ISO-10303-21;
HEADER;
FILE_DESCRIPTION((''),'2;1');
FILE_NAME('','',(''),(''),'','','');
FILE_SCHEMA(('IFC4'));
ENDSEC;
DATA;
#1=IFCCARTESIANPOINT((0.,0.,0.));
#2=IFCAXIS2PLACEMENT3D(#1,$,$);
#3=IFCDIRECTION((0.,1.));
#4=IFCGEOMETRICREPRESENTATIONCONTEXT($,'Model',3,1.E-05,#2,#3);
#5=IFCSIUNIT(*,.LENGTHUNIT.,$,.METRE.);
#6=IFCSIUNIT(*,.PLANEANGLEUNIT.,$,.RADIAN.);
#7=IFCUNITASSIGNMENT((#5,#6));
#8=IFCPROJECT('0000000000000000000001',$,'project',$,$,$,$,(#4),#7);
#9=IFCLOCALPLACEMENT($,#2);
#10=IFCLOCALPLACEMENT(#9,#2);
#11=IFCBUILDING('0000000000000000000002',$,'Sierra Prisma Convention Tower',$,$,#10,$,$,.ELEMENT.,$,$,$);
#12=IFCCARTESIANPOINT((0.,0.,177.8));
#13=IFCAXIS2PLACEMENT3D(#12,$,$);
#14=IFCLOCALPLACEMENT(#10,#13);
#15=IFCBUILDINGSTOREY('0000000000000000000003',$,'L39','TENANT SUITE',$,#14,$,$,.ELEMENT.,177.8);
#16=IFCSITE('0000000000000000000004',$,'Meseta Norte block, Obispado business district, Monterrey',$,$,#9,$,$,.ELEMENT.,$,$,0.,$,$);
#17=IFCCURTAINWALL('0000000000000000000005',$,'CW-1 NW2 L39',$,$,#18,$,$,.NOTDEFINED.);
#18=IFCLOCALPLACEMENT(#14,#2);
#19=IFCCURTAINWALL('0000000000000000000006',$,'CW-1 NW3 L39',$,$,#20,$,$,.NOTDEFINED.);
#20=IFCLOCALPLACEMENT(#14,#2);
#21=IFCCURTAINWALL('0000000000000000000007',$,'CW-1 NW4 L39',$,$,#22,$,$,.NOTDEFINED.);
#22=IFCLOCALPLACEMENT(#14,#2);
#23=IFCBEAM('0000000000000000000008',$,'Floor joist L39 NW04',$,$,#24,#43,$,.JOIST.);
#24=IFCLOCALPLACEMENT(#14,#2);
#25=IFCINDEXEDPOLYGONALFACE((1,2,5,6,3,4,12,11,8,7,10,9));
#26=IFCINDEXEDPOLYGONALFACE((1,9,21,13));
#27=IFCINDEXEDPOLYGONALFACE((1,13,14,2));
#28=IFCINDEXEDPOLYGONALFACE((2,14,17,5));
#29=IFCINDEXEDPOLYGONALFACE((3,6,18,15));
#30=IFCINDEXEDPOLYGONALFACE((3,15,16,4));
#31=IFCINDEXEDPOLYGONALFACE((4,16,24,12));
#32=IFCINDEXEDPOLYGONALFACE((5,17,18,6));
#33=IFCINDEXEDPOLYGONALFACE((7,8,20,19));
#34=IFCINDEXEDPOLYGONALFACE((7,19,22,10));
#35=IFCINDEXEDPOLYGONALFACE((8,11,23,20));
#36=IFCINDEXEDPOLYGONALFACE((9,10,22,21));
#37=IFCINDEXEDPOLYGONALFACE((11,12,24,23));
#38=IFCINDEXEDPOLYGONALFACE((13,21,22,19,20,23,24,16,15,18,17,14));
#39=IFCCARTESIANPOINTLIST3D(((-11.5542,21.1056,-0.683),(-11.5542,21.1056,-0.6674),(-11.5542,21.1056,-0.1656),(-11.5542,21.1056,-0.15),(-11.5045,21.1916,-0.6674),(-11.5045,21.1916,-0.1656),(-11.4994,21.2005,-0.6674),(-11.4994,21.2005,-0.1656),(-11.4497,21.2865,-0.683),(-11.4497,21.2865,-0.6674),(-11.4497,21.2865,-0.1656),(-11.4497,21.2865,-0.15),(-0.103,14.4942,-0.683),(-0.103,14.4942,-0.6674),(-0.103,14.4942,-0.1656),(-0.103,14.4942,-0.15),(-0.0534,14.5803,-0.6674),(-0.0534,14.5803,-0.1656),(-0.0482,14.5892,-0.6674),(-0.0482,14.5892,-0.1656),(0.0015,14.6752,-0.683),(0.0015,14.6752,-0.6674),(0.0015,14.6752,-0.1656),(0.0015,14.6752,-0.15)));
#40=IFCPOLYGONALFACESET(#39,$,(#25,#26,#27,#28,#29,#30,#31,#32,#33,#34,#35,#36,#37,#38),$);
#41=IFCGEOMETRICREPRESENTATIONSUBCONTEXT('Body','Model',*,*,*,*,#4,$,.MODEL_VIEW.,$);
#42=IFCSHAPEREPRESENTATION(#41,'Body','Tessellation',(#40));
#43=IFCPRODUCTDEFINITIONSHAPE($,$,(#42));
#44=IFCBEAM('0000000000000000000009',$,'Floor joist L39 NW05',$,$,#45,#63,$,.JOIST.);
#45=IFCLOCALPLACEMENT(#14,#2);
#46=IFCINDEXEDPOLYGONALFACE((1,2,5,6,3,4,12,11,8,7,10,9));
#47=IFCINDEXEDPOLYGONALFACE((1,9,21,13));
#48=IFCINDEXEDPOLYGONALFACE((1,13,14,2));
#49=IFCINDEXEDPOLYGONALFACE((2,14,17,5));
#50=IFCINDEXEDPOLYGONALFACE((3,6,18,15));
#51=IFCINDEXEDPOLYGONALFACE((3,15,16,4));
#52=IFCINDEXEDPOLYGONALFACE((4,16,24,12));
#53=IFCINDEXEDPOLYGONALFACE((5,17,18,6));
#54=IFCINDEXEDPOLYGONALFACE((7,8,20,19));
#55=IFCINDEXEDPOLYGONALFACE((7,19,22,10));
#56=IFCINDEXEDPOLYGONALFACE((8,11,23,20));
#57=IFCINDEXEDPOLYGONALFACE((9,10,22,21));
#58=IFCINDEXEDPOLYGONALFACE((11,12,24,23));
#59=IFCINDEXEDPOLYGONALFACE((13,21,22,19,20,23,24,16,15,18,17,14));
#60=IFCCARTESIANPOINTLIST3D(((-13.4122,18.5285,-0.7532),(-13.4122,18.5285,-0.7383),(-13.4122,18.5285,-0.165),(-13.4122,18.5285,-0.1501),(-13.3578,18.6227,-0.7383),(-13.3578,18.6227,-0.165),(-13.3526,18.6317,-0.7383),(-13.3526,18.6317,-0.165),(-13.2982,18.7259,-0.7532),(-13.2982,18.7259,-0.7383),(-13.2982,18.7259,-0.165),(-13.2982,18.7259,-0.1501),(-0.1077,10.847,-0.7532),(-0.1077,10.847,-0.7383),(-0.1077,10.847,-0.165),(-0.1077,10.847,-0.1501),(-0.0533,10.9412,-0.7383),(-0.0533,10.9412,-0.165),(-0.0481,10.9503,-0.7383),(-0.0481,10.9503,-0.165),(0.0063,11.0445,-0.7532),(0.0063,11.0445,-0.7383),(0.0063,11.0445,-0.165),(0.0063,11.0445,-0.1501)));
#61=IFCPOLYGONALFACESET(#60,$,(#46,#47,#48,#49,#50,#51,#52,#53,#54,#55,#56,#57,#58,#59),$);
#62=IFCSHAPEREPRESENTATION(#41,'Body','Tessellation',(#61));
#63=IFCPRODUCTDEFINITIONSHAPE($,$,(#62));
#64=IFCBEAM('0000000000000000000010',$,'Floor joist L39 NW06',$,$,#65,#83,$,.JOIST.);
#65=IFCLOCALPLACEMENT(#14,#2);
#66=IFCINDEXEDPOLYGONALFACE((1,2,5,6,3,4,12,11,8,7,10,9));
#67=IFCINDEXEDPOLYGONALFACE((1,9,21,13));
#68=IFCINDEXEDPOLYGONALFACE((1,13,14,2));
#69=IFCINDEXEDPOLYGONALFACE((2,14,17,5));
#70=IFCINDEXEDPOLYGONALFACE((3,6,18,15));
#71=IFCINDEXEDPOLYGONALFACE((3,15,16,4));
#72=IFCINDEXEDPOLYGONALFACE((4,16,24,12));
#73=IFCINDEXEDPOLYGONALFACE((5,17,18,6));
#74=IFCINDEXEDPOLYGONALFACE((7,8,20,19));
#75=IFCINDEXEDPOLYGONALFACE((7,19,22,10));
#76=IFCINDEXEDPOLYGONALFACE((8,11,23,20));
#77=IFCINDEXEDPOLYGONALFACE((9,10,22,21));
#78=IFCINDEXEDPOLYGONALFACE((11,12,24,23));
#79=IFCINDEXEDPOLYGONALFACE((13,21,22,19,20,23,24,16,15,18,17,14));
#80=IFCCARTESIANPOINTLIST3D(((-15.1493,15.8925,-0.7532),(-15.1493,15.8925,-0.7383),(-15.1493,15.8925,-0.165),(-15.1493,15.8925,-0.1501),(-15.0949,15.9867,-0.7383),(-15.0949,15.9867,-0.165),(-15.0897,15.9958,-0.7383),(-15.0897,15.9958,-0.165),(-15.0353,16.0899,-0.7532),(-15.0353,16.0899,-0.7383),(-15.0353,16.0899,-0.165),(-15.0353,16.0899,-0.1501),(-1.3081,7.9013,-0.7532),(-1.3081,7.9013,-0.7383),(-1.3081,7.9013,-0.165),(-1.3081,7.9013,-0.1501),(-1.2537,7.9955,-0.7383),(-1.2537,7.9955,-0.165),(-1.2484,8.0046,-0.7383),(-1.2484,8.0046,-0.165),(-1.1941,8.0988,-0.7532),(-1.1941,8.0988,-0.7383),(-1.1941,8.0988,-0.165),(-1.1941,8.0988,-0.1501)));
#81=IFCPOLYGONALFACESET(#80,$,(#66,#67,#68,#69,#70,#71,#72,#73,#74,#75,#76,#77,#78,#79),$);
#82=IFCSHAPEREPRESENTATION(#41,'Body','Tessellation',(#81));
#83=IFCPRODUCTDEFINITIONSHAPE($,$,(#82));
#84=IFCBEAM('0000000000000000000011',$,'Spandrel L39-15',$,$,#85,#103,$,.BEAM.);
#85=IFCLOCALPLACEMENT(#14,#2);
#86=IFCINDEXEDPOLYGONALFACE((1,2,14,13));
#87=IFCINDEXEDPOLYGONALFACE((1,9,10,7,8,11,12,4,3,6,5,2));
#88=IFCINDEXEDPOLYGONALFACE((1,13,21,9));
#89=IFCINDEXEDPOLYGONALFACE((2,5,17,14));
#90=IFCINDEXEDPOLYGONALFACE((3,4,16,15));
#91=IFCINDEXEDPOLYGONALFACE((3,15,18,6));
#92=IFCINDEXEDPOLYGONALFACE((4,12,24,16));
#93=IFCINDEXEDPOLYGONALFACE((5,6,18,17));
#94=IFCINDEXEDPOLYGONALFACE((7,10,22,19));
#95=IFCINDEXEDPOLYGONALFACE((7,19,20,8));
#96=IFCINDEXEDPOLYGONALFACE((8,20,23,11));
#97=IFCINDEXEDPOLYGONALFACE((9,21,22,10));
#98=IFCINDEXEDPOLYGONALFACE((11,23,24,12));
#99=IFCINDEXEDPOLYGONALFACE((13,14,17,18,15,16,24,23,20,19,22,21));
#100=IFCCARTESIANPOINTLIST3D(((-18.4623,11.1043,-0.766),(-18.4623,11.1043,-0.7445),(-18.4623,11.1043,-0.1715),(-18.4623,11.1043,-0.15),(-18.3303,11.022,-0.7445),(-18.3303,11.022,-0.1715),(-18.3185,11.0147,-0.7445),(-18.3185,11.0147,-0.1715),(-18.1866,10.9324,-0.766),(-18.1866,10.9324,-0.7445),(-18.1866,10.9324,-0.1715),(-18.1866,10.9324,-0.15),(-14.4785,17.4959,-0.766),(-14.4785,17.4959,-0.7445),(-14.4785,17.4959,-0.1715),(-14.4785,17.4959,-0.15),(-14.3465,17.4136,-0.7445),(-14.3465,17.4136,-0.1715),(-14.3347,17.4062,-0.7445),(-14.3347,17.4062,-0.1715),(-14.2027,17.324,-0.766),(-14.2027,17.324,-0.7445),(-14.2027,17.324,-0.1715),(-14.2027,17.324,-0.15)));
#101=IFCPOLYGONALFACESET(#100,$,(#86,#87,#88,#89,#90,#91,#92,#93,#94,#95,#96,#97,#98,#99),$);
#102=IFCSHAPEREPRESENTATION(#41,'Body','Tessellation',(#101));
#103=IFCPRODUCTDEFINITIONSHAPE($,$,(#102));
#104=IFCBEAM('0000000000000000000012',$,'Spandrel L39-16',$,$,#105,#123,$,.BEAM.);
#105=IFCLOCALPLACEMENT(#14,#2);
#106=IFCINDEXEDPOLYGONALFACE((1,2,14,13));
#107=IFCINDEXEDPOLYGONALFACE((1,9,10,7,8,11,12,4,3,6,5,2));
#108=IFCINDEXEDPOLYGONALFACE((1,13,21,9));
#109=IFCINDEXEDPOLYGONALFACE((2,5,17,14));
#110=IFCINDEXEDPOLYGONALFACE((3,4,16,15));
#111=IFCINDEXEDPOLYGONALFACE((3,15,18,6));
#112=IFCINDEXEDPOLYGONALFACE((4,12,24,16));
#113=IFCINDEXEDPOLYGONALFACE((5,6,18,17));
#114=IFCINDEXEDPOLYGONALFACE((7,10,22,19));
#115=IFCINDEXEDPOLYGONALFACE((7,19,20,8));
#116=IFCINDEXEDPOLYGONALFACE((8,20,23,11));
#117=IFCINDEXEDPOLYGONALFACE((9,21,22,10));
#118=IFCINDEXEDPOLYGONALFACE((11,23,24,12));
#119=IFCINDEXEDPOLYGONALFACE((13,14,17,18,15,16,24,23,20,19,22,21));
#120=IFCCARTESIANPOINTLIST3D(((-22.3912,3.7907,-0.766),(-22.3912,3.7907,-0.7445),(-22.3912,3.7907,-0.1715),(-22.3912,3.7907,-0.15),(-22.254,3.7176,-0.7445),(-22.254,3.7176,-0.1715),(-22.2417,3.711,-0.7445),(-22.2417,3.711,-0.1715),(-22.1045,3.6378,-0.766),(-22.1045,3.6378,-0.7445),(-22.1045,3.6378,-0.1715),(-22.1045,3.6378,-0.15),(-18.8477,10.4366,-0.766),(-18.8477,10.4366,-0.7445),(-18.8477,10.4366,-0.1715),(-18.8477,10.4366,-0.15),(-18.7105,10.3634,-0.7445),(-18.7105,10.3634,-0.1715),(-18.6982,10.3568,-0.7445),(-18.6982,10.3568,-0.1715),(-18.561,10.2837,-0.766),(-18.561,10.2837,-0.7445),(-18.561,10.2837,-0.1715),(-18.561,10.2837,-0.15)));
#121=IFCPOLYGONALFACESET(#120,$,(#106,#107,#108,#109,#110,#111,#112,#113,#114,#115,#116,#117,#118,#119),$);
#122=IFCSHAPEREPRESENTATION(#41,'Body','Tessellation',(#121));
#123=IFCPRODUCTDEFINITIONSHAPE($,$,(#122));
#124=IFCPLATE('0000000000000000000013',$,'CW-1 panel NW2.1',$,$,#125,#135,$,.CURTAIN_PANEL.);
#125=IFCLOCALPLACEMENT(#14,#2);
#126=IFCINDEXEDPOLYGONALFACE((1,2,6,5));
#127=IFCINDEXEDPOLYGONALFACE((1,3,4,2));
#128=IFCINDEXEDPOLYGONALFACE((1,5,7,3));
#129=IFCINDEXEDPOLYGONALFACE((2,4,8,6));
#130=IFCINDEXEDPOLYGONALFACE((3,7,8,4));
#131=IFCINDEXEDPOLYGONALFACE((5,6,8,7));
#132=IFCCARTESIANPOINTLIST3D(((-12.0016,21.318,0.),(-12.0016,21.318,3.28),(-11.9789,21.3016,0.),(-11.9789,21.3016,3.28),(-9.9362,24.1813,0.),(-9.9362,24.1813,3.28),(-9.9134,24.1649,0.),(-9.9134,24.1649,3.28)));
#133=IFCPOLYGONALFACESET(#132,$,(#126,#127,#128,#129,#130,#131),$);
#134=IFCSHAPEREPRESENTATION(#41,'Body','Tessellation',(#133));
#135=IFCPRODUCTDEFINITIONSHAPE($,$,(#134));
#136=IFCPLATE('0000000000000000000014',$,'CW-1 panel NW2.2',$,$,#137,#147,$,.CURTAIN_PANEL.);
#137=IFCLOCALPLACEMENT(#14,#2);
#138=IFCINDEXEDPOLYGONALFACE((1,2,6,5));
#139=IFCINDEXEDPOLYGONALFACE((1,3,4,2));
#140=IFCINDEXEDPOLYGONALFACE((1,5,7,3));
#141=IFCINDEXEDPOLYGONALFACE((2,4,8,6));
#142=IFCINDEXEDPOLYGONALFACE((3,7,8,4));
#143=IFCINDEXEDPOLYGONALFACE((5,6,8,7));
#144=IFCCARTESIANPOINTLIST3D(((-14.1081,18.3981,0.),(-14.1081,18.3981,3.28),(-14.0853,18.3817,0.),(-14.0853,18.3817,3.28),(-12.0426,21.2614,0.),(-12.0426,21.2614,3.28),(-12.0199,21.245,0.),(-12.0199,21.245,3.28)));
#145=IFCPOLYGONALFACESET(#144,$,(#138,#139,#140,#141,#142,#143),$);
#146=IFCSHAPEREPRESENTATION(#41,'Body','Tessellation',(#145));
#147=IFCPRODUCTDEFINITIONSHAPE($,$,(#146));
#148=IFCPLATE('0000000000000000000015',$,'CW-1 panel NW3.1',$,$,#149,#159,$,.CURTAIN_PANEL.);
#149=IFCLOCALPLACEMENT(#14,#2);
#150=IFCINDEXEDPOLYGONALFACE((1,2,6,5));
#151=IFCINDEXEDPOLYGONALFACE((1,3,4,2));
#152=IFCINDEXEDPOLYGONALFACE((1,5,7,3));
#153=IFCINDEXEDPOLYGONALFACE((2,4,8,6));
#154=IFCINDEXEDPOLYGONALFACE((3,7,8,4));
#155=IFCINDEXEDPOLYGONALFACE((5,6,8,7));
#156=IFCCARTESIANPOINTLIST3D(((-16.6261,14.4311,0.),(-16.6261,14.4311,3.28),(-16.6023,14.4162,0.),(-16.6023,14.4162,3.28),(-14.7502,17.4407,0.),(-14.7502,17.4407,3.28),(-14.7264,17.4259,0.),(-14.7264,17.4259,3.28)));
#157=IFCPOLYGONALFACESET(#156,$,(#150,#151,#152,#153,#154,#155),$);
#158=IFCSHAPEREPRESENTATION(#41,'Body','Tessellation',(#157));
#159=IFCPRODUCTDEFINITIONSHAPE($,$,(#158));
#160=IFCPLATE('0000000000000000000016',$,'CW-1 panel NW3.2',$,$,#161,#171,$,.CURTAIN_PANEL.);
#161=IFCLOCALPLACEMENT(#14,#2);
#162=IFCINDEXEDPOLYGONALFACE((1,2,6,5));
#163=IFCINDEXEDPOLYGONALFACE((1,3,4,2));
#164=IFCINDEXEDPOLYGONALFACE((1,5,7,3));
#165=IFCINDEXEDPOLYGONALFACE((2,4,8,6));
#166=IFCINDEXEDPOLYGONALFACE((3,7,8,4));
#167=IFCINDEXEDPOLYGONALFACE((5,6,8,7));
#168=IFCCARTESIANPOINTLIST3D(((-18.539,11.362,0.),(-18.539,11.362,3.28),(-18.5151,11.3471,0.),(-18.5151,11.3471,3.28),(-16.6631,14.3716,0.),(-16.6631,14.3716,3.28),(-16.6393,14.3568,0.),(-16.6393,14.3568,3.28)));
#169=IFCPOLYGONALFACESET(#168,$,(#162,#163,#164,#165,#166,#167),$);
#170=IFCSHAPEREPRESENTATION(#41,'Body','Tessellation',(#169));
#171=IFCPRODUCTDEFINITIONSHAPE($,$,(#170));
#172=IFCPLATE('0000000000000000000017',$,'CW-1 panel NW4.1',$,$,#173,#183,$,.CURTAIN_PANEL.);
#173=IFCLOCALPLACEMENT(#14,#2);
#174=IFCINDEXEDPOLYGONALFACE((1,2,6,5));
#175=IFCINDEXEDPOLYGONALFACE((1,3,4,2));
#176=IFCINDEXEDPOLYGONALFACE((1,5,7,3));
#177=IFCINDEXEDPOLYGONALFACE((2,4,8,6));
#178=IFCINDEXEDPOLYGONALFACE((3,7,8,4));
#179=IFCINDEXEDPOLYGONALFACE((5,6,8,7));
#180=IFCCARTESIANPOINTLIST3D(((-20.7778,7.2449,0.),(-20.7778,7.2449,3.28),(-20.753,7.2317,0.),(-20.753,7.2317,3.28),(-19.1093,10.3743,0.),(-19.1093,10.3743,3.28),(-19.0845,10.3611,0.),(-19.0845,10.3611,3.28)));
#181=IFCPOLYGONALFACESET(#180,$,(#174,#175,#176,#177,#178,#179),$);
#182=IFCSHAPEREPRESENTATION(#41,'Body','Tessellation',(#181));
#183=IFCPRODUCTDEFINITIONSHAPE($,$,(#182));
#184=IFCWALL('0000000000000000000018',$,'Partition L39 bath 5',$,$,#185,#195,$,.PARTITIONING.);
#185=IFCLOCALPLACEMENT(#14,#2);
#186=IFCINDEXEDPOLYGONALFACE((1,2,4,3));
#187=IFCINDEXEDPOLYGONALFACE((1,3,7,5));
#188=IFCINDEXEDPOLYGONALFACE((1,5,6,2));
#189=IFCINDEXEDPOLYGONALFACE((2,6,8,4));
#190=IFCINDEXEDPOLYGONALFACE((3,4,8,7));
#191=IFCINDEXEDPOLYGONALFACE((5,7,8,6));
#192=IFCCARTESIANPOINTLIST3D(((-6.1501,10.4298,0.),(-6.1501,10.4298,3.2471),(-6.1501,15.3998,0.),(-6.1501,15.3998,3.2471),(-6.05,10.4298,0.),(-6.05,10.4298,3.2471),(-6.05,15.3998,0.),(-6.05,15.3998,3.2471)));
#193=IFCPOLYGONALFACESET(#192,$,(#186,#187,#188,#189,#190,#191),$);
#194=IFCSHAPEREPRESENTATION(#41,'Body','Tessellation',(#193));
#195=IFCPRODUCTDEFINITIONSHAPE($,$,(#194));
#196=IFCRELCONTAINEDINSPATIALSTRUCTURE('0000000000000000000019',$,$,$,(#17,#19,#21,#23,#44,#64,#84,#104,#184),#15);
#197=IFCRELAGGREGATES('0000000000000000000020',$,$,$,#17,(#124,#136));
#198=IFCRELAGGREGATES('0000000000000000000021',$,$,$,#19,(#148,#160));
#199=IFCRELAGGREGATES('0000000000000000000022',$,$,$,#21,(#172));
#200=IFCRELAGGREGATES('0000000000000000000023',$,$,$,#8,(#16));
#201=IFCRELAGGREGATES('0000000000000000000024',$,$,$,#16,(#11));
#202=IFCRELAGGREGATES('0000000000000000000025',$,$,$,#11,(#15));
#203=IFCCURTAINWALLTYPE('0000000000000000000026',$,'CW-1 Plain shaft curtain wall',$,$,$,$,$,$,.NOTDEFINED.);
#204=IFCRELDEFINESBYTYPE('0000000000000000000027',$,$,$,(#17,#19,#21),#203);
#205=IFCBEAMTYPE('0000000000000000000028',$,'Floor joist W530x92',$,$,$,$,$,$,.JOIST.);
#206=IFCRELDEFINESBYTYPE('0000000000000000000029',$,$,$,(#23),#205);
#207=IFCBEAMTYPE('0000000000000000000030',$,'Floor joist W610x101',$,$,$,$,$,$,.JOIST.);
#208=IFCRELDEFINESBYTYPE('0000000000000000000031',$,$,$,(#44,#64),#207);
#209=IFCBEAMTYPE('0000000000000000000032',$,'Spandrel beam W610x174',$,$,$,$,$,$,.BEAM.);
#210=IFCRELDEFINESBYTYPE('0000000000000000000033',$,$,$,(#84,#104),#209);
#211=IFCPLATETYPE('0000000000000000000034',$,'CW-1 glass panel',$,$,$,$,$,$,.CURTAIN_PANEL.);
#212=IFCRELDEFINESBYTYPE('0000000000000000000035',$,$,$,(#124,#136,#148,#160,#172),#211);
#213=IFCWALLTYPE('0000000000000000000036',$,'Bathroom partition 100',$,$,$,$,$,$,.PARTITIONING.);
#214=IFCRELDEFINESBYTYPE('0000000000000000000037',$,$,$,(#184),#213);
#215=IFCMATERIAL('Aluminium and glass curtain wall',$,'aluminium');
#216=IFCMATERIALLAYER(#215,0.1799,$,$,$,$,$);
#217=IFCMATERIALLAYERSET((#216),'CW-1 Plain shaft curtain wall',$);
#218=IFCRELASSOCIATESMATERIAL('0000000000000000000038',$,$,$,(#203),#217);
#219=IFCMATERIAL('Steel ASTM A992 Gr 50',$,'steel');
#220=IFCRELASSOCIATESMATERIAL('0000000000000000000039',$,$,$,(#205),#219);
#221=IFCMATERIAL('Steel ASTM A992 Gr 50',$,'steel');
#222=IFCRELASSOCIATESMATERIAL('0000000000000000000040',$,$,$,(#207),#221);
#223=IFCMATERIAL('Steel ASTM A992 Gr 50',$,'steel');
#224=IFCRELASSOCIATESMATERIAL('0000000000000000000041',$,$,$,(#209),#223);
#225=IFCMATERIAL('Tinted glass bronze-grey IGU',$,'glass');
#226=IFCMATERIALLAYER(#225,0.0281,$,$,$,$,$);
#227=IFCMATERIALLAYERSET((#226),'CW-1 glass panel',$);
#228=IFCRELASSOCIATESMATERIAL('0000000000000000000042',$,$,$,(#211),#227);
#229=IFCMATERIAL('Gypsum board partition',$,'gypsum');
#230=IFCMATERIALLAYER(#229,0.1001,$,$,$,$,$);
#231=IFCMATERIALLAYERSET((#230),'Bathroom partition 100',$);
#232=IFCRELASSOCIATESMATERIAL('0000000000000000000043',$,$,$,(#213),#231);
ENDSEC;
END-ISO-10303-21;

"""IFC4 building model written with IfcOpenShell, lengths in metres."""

from ifc_helpers import new_model, si_unit, direction, frame, frame_2d, origin, origin_2d, place, context, subcontext, project, spatial, rectangle, i_section, extrude, material, layer, layer_set, material_profile, profile_set, type_object, element, aggregate, save


model = new_model("IFC4")

# Units and contexts
model_context = context("Model", 3, precision=1e-05, world=origin(), true_north=direction((0.0, 1.0)))
body_context = subcontext(model_context, "Body", "Model", "MODEL_VIEW")
ifc_project = project(units=[si_unit("LENGTHUNIT", "METRE"), si_unit("PLANEANGLEUNIT", "RADIAN")], contexts=[model_context])

# Site, building, storey
site_placement = place(None, origin())
site = spatial("IfcSite", under=ifc_project, at=site_placement, Name="Meseta Norte block, Obispado business district, Monterrey", CompositionType="ELEMENT", RefElevation=0.0)
building_placement = place(site_placement, origin())
building = spatial("IfcBuilding", under=site, at=building_placement, Name="Sierra Prisma Convention Tower", CompositionType="ELEMENT")
storey_placement = place(building_placement, frame((0.0, 0.0, 177.8)))
storey = spatial("IfcBuildingStorey", under=building, at=storey_placement, Name="L39", Description="TENANT SUITE", CompositionType="ELEMENT", Elevation=177.8)

# Curtain wall
ifc_material_1 = material(Name="Aluminium and glass curtain wall", Category="aluminium")
ifc_layer_1 = layer(ifc_material_1, 0.1799)
ifc_layer_set_1 = layer_set([ifc_layer_1], Name="CW-1 Plain shaft curtain wall")
curtain_wall_type = type_object("IfcCurtainWallType", Name="CW-1 Plain shaft curtain wall", PredefinedType="NOTDEFINED", material=ifc_layer_set_1)
curtain_wall_1_placement = place(storey_placement, origin())
curtain_wall_1 = element("IfcCurtainWall", 1, at=curtain_wall_1_placement, inside=storey, type_object=curtain_wall_type, Name="CW-1 NW2 L39", PredefinedType="NOTDEFINED")

# Curtain wall
curtain_wall_2_placement = place(storey_placement, origin())
curtain_wall_2 = element("IfcCurtainWall", 2, at=curtain_wall_2_placement, inside=storey, type_object=curtain_wall_type, Name="CW-1 NW3 L39", PredefinedType="NOTDEFINED")

# Curtain wall
curtain_wall_3_placement = place(storey_placement, origin())
curtain_wall_3 = element("IfcCurtainWall", 3, at=curtain_wall_3_placement, inside=storey, type_object=curtain_wall_type, Name="CW-1 NW4 L39", PredefinedType="NOTDEFINED")

# Beams
ifc_material_2 = material(Name="Steel ASTM A992 Gr 50", Category="steel")
ifc_material_profile_1 = material_profile(ifc_material_2, i_section(OverallWidth=0.209, OverallDepth=0.533, WebThickness=0.0103, FlangeThickness=0.0156, at=origin_2d()), Name="W530x92")
ifc_profile_set_1 = profile_set([ifc_material_profile_1], Name="Steel ASTM A992 Gr 50")
beam_type_1 = type_object("IfcBeamType", Name="Floor joist W530x92", PredefinedType="JOIST", material=ifc_profile_set_1)
beam_1_placement = place(storey_placement, frame((-11.502, 21.196, -0.4165), z_axis=(0.866026, -0.499999, 0.0), x_axis=(0.499999, 0.866026, 0.0)))
element("IfcBeam", 4, at=beam_1_placement, inside=storey, type_object=beam_type_1, Name="Floor joist L39 NW04", PredefinedType="JOIST", context=body_context, shape_type="SweptSolid", body=[
    extrude(i_section(OverallWidth=0.209, OverallDepth=0.533, WebThickness=0.0103, FlangeThickness=0.0156, at=origin_2d()), origin(), (0.0, 0.0, 1.0), 13.2227),
])
ifc_material_3 = material(Name="Steel ASTM A992 Gr 50", Category="steel")
ifc_material_profile_2 = material_profile(ifc_material_3, i_section(OverallWidth=0.228, OverallDepth=0.603, WebThickness=0.0105, FlangeThickness=0.0149, at=origin_2d()), Name="W610x101")
ifc_profile_set_2 = profile_set([ifc_material_profile_2], Name="Steel ASTM A992 Gr 50")
beam_type_2 = type_object("IfcBeamType", Name="Floor joist W610x101", PredefinedType="JOIST", material=ifc_profile_set_2)
beam_2_placement = place(storey_placement, frame((-13.3552, 18.6272, -0.4517), z_axis=(0.866023, -0.500004, 0.0), x_axis=(0.500004, 0.866023, 0.0)))
element("IfcBeam", 5, at=beam_2_placement, inside=storey, type_object=beam_type_2, Name="Floor joist L39 NW05", PredefinedType="JOIST", context=body_context, shape_type="SweptSolid", body=[
    extrude(i_section(OverallWidth=0.228, OverallDepth=0.603, WebThickness=0.0105, FlangeThickness=0.0149, at=origin_2d()), origin(), (0.0, 0.0, 1.0), 15.3628),
])
beam_3_placement = place(storey_placement, frame((-15.0923, 15.9912, -0.4517), z_axis=(0.866027, -0.499997, 0.0), x_axis=(0.499997, 0.866027, 0.0)))
element("IfcBeam", 6, at=beam_3_placement, inside=storey, type_object=beam_type_2, Name="Floor joist L39 NW06", PredefinedType="JOIST", context=body_context, shape_type="SweptSolid", body=[
    extrude(i_section(OverallWidth=0.228, OverallDepth=0.603, WebThickness=0.0105, FlangeThickness=0.0149, at=origin_2d()), origin(), (0.0, 0.0, 1.0), 15.9824),
])
ifc_material_4 = material(Name="Steel ASTM A992 Gr 50", Category="steel")
ifc_material_profile_3 = material_profile(ifc_material_4, i_section(OverallWidth=0.325, OverallDepth=0.616, WebThickness=0.0139, FlangeThickness=0.0215, at=origin_2d()), Name="W610x174")
ifc_profile_set_3 = profile_set([ifc_material_profile_3], Name="Steel ASTM A992 Gr 50")
beam_type_3 = type_object("IfcBeamType", Name="Spandrel beam W610x174", PredefinedType="BEAM", material=ifc_profile_set_3)
for number, where, z_axis, x_axis, name in (
    (7, (-14.3406, 17.4099, -0.458), (-0.528961, -0.848646, 0.0), (0.848646, -0.528961, 0.0), "Spandrel L39-15"),
    (8, (-18.7043, 10.3601, -0.458), (-0.470491, -0.882405, 0.0), (0.882405, -0.470491, 0.0), "Spandrel L39-16"),
):
    element("IfcBeam", number, at=place(storey_placement, frame(where, z_axis=z_axis, x_axis=x_axis)), inside=storey, type_object=beam_type_3, Name=name, PredefinedType="BEAM", context=body_context, shape_type="SweptSolid", body=[
        extrude(i_section(OverallWidth=0.325, OverallDepth=0.616, WebThickness=0.0139, FlangeThickness=0.0215, at=origin_2d()), origin(), (0.0, 0.0, 1.0), 7.5315),
    ])

# Plates
ifc_material_5 = material(Name="Tinted glass bronze-grey IGU", Category="glass")
ifc_layer_2 = layer(ifc_material_5, 0.0281)
ifc_layer_set_2 = layer_set([ifc_layer_2], Name="CW-1 glass panel")
plate_type = type_object("IfcPlateType", Name="CW-1 glass panel", PredefinedType="CURTAIN_PANEL", material=ifc_layer_set_2)
plate_1_placement = place(storey_placement, frame((-10.9575, 22.7415, 0.0), z_axis=(0.0, 0.0, 1.0), x_axis=(-0.585029, -0.811012, 0.0)))
plate_1 = element("IfcPlate", 9, at=plate_1_placement, type_object=plate_type, Name="CW-1 panel NW2.1", PredefinedType="CURTAIN_PANEL", context=body_context, shape_type="SweptSolid", body=[
    extrude(rectangle(XDim=3.5305, YDim=0.0281, at=origin_2d()), origin(), (0.0, 0.0, 1.0), 3.28),
])
plate_2_placement = place(storey_placement, frame((-13.064, 19.8215, 0.0), z_axis=(0.0, 0.0, 1.0), x_axis=(-0.585029, -0.811012, 0.0)))
plate_2 = element("IfcPlate", 10, at=plate_2_placement, type_object=plate_type, Name="CW-1 panel NW2.2", PredefinedType="CURTAIN_PANEL", context=body_context, shape_type="SweptSolid", body=[
    extrude(rectangle(XDim=3.5305, YDim=0.0281, at=origin_2d()), origin(), (0.0, 0.0, 1.0), 3.28),
])
aggregate(curtain_wall_1, [plate_1, plate_2])
plate_3_placement = place(storey_placement, frame((-15.6763, 15.9285, 0.0), z_axis=(0.0, 0.0, 1.0), x_axis=(-0.528957, -0.848649, 0.0)))
plate_3 = element("IfcPlate", 11, at=plate_3_placement, type_object=plate_type, Name="CW-1 panel NW3.1", PredefinedType="CURTAIN_PANEL", context=body_context, shape_type="SweptSolid", body=[
    extrude(rectangle(XDim=3.5464, YDim=0.0281, at=origin_2d()), origin(), (0.0, 0.0, 1.0), 3.28),
])
plate_4_placement = place(storey_placement, frame((-17.5891, 12.8594, 0.0), z_axis=(0.0, 0.0, 1.0), x_axis=(-0.528957, -0.848649, 0.0)))
plate_4 = element("IfcPlate", 12, at=plate_4_placement, type_object=plate_type, Name="CW-1 panel NW3.2", PredefinedType="CURTAIN_PANEL", context=body_context, shape_type="SweptSolid", body=[
    extrude(rectangle(XDim=3.5464, YDim=0.0281, at=origin_2d()), origin(), (0.0, 0.0, 1.0), 3.28),
])
aggregate(curtain_wall_2, [plate_3, plate_4])
plate_5_placement = place(storey_placement, frame((-19.9312, 8.803, 0.0), z_axis=(0.0, 0.0, 1.0), x_axis=(-0.470473, -0.882414, 0.0)))
plate_5 = element("IfcPlate", 13, at=plate_5_placement, type_object=plate_type, Name="CW-1 panel NW4.1", PredefinedType="CURTAIN_PANEL", context=body_context, shape_type="SweptSolid", body=[
    extrude(rectangle(XDim=3.5464, YDim=0.0281, at=origin_2d()), origin(), (0.0, 0.0, 1.0), 3.28),
])
aggregate(curtain_wall_3, [plate_5])

# Wall
ifc_material_6 = material(Name="Gypsum board partition", Category="gypsum")
ifc_layer_3 = layer(ifc_material_6, 0.1001)
ifc_layer_set_3 = layer_set([ifc_layer_3], Name="Bathroom partition 100")
wall_type_1 = type_object("IfcWallType", Name="Bathroom partition 100", PredefinedType="PARTITIONING", material=ifc_layer_set_3)
wall_1_placement = place(storey_placement, frame((-6.1001, 10.4299, 0.0), z_axis=(0.0, 0.0, 1.0), x_axis=(0.0, 1.0, 0.0)))
element("IfcWall", 14, at=wall_1_placement, inside=storey, type_object=wall_type_1, Name="Partition L39 bath 5", PredefinedType="PARTITIONING", context=body_context, shape_type="SweptSolid", body=[
    extrude(rectangle(XDim=4.97, YDim=0.1001, at=frame_2d((2.4849, 0.0))), origin(), (0.0, 0.0, 1.0), 3.2471),
])

save(model, "model.ifc")
